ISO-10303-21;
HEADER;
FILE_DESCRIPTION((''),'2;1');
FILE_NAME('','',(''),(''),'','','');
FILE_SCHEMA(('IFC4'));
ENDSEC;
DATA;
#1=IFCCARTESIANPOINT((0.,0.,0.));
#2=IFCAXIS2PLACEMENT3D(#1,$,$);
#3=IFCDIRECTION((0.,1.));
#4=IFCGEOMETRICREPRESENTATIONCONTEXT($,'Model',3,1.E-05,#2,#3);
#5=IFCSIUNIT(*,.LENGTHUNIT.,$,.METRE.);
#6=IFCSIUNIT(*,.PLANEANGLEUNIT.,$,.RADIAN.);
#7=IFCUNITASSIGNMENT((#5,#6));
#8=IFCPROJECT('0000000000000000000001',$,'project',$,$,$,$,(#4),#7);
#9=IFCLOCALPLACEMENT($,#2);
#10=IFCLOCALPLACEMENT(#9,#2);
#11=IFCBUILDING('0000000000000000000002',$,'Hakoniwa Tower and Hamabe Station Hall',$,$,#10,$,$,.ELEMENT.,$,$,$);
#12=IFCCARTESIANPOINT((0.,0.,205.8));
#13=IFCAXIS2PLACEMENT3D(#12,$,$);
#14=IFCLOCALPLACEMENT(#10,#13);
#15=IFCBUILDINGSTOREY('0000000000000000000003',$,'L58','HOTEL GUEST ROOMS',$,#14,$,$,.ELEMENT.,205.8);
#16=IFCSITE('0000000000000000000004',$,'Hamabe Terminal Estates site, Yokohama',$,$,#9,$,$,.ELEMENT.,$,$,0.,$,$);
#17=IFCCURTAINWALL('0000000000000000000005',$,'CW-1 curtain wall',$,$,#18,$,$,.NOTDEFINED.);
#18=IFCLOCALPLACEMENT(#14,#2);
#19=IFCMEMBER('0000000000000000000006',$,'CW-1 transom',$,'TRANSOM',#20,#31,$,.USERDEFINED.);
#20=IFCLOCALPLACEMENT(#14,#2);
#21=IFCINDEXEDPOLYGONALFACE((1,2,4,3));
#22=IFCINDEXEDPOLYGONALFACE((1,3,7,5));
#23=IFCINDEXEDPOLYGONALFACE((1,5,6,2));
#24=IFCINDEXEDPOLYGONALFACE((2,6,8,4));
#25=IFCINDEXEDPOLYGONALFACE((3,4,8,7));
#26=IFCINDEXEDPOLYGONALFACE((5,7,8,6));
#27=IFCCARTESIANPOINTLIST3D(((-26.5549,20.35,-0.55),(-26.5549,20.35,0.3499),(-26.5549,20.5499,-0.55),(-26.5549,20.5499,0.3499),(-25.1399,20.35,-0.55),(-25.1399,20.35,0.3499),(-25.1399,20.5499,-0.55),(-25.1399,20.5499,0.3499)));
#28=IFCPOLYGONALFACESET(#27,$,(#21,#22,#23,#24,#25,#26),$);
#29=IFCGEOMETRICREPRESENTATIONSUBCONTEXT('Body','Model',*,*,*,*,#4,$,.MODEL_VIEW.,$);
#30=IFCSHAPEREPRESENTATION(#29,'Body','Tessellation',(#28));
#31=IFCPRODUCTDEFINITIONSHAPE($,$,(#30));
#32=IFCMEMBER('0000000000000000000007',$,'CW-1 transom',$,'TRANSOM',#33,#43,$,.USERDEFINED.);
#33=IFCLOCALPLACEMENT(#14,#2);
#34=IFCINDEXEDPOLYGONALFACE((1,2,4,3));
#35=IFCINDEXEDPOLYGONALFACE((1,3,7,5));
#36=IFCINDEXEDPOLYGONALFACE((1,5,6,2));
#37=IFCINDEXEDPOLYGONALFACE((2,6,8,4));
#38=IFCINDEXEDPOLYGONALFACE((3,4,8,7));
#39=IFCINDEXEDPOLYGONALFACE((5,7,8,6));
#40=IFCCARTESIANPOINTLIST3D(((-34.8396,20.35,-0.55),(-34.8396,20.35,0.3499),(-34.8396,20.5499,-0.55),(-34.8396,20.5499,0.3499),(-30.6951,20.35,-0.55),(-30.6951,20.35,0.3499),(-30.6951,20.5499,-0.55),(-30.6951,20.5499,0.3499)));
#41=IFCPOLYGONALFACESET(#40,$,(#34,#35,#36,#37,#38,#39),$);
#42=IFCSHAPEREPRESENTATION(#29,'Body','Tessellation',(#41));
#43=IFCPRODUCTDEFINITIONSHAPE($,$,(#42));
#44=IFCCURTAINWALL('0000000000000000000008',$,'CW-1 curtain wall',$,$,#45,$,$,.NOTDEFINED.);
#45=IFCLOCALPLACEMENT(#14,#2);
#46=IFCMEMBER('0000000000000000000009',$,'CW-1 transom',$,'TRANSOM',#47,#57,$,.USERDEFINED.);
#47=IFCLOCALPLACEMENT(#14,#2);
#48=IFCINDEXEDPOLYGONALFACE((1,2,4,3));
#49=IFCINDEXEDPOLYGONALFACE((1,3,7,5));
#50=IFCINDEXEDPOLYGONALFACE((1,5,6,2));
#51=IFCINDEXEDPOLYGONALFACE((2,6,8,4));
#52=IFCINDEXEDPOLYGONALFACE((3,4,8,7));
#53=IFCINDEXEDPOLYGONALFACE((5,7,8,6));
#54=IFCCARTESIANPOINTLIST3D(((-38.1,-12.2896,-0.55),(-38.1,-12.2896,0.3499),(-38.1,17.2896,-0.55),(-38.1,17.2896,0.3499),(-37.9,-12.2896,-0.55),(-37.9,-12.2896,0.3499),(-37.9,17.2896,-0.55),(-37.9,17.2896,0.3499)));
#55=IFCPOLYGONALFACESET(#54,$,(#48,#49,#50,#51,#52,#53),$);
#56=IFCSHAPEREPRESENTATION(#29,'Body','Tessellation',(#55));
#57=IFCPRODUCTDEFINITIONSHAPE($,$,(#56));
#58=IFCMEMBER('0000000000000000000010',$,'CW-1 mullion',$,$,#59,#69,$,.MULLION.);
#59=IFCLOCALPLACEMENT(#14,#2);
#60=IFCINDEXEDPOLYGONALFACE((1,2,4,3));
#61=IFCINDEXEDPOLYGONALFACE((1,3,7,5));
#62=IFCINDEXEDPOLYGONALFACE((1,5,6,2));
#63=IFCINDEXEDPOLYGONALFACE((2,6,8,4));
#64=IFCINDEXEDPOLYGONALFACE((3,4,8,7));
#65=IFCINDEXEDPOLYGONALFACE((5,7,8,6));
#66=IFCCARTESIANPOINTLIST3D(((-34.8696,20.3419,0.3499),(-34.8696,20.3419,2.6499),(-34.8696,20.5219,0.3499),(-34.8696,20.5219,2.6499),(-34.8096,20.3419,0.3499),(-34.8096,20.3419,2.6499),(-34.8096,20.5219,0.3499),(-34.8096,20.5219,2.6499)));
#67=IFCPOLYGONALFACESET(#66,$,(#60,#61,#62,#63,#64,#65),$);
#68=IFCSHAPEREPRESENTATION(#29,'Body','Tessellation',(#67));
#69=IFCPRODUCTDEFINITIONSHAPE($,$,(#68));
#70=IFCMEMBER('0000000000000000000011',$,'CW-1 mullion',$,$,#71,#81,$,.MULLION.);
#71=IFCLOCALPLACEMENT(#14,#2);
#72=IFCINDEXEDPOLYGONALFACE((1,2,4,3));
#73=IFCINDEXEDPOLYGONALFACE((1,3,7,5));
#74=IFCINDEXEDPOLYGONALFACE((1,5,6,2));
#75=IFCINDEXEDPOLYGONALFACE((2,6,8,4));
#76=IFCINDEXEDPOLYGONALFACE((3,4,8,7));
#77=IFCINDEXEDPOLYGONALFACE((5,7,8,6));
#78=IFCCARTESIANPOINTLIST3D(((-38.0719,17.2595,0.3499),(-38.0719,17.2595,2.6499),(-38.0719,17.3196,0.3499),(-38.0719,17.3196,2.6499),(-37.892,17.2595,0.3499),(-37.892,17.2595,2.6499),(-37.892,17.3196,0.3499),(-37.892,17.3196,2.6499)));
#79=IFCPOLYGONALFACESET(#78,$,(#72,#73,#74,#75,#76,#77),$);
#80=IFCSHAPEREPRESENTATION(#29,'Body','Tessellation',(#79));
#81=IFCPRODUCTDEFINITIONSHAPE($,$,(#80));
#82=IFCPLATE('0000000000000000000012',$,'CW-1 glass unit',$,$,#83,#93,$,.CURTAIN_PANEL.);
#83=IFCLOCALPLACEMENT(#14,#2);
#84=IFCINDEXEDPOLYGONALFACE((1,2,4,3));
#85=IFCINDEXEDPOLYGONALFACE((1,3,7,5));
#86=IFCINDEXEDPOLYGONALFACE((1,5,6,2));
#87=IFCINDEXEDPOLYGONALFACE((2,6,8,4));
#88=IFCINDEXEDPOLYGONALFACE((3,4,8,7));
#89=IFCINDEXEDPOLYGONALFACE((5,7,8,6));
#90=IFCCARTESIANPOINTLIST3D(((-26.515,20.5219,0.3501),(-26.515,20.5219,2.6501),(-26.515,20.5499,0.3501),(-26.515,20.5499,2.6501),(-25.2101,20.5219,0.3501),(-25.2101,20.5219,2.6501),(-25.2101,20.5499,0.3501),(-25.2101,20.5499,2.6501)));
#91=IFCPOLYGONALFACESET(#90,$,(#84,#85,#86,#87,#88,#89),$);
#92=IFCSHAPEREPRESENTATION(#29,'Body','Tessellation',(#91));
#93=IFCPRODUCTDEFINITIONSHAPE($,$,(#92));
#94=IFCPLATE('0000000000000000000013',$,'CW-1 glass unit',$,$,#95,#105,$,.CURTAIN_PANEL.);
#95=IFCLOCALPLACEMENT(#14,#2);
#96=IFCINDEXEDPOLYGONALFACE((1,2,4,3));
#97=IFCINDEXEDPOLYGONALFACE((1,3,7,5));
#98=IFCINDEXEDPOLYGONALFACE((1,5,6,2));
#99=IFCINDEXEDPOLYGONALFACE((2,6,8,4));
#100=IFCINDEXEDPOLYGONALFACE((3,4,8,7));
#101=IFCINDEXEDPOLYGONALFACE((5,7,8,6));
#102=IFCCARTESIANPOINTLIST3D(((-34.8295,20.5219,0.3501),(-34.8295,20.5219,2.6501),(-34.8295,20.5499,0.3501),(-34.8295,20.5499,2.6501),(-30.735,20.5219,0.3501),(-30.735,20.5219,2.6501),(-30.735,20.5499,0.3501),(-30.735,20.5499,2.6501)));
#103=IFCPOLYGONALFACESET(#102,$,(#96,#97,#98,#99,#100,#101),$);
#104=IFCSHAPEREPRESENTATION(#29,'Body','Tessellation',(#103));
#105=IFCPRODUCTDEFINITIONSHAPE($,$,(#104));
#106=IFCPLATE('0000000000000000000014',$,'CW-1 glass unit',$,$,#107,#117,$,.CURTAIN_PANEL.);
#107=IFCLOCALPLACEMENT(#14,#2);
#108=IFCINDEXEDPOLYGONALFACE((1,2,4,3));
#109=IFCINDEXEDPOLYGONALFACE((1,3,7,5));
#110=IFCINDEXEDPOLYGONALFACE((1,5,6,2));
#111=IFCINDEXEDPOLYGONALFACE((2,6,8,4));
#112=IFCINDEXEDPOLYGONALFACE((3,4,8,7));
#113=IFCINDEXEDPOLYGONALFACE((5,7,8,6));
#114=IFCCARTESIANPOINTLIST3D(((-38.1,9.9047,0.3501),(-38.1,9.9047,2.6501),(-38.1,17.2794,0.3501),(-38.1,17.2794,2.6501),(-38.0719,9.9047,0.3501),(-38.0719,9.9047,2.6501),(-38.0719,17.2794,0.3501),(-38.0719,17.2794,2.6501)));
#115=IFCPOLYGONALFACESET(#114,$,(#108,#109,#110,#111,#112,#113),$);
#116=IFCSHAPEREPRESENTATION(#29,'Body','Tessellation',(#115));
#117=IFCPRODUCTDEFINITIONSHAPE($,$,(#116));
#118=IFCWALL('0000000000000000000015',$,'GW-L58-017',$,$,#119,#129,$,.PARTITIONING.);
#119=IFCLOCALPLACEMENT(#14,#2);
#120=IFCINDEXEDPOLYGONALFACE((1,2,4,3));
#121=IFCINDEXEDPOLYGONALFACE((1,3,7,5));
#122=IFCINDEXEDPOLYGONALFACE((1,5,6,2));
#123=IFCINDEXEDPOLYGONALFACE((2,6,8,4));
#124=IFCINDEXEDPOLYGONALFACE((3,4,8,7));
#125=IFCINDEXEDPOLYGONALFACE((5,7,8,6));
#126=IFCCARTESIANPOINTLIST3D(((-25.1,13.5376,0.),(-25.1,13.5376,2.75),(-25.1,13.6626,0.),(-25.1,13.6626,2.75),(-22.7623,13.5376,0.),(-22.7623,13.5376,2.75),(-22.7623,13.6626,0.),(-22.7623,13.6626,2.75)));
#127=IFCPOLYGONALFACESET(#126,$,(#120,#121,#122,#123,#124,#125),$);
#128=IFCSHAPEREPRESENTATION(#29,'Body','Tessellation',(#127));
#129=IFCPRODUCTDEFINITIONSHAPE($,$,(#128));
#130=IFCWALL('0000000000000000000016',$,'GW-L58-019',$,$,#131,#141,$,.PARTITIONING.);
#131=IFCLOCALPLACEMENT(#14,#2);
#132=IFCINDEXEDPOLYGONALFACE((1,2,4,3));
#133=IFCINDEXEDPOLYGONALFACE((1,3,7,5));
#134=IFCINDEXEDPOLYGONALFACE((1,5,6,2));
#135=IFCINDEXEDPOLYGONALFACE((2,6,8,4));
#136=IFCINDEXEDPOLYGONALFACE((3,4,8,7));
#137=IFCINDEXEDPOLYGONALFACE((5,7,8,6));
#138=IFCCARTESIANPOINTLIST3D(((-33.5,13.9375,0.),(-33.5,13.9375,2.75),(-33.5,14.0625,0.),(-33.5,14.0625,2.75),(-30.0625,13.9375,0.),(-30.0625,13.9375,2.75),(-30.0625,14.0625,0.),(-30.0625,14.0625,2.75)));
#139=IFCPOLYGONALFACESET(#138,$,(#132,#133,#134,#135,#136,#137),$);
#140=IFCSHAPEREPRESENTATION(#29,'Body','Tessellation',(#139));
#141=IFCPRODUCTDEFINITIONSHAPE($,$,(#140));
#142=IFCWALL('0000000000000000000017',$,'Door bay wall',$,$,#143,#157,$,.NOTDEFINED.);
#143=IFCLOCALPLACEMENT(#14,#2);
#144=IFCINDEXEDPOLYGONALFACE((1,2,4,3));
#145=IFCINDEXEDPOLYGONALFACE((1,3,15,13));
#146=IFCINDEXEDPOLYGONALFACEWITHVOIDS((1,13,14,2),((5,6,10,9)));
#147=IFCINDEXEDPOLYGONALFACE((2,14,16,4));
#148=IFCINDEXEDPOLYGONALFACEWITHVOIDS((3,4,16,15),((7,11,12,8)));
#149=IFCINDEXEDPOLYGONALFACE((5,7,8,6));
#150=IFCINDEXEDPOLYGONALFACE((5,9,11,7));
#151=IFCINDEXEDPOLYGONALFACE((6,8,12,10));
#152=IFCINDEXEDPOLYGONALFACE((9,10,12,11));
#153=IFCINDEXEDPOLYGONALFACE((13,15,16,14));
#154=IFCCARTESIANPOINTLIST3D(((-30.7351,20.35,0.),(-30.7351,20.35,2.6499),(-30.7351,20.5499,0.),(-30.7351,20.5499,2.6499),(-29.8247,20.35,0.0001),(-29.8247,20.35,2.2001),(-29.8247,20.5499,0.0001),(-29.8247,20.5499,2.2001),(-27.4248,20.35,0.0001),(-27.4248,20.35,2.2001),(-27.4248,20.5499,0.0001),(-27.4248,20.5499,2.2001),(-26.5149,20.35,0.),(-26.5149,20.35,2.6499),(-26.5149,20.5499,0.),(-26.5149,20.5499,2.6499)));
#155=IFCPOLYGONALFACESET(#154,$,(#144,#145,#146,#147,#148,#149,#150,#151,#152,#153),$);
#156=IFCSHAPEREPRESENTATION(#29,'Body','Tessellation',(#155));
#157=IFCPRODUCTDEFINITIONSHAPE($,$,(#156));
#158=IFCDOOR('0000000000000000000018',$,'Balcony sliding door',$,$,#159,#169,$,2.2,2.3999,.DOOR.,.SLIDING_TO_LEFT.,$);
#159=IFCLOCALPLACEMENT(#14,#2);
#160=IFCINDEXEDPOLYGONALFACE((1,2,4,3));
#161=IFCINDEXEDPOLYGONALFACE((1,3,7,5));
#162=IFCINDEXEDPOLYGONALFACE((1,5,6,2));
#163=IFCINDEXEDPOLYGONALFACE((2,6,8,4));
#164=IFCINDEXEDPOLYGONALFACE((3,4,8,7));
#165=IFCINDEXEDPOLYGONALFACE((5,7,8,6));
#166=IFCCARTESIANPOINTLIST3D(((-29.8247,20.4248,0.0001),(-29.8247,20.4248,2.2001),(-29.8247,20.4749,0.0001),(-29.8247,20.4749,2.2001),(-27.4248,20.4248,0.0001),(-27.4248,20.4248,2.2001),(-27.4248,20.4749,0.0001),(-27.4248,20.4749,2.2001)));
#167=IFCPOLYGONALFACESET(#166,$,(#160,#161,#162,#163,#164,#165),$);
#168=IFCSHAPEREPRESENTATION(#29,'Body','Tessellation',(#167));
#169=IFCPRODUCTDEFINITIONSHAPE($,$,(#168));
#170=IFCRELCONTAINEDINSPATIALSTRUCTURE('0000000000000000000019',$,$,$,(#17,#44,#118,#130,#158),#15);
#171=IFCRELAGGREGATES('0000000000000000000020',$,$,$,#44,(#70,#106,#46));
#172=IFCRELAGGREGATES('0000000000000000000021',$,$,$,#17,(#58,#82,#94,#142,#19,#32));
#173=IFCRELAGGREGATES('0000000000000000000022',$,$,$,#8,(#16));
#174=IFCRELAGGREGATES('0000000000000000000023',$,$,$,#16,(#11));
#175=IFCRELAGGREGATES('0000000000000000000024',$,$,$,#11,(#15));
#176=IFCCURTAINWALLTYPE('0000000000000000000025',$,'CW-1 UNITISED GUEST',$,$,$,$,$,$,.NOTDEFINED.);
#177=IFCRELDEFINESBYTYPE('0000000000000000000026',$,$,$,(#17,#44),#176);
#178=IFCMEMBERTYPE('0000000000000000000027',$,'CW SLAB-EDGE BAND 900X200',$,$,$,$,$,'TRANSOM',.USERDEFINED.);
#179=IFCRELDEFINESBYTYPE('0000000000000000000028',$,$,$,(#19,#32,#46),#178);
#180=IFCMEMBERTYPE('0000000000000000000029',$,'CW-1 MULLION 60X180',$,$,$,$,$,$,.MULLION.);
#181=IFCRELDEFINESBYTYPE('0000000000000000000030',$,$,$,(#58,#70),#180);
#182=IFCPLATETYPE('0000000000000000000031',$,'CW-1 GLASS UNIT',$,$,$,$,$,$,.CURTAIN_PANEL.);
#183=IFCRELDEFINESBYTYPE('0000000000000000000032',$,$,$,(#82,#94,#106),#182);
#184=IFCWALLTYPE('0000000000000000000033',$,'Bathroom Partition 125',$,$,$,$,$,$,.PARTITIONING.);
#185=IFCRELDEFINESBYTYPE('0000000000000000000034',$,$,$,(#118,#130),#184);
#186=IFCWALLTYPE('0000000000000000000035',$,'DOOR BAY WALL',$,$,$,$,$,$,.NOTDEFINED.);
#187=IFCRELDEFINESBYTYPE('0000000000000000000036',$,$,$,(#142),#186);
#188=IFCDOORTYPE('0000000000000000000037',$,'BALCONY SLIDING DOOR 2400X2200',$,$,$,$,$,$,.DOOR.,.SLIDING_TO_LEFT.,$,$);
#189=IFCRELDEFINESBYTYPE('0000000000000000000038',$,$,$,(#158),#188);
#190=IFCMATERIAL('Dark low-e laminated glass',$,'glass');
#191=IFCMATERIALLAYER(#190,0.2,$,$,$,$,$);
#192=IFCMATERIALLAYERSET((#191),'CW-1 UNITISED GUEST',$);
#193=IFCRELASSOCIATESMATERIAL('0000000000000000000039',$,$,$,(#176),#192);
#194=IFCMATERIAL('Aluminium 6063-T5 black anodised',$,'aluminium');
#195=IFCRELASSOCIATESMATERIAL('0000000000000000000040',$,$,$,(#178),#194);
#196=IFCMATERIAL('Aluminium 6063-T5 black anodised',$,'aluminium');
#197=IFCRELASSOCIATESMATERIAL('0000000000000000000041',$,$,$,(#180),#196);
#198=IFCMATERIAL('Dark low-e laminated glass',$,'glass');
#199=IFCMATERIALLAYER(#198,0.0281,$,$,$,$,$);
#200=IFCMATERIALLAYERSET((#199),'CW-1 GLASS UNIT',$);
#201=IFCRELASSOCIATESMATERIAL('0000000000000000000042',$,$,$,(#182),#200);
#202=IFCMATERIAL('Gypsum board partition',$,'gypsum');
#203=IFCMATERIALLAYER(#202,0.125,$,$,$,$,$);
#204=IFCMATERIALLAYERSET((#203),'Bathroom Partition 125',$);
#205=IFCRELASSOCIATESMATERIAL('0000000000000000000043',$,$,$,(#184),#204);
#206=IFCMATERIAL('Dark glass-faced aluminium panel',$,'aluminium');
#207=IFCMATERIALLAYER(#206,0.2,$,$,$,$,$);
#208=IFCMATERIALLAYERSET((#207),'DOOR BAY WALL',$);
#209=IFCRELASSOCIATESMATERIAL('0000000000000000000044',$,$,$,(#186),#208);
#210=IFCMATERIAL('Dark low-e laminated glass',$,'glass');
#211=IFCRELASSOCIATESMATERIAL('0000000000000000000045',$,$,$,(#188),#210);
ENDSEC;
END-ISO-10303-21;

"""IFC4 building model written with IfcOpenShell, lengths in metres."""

from ifc_helpers import new_model, si_unit, direction, frame, frame_2d, origin, origin_2d, place, context, subcontext, project, spatial, rectangle, extrude, material, layer, layer_set, material_profile, profile_set, type_object, element, fill, aggregate, save


model = new_model("IFC4")

# Units and contexts
model_context = context("Model", 3, precision=1e-05, world=origin(), true_north=direction((0.0, 1.0)))
body_context = subcontext(model_context, "Body", "Model", "MODEL_VIEW")
ifc_project = project(units=[si_unit("LENGTHUNIT", "METRE"), si_unit("PLANEANGLEUNIT", "RADIAN")], contexts=[model_context])

# Site, building, storey
site_placement = place(None, origin())
site = spatial("IfcSite", under=ifc_project, at=site_placement, Name="Hamabe Terminal Estates site, Yokohama", CompositionType="ELEMENT", RefElevation=0.0)
building_placement = place(site_placement, origin())
building = spatial("IfcBuilding", under=site, at=building_placement, Name="Hakoniwa Tower and Hamabe Station Hall", CompositionType="ELEMENT")
storey_placement = place(building_placement, frame((0.0, 0.0, 205.8)))
storey = spatial("IfcBuildingStorey", under=building, at=storey_placement, Name="L58", Description="HOTEL GUEST ROOMS", CompositionType="ELEMENT", Elevation=205.8)

# Curtain wall, members
ifc_material_1 = material(Name="Dark low-e laminated glass", Category="glass")
ifc_layer_1 = layer(ifc_material_1, 0.2)
ifc_layer_set_1 = layer_set([ifc_layer_1], Name="CW-1 UNITISED GUEST")
curtain_wall_type = type_object("IfcCurtainWallType", Name="CW-1 UNITISED GUEST", PredefinedType="NOTDEFINED", material=ifc_layer_set_1)
curtain_wall_1_placement = place(storey_placement, origin())
curtain_wall_1 = element("IfcCurtainWall", 1, at=curtain_wall_1_placement, inside=storey, type_object=curtain_wall_type, Name="CW-1 curtain wall", PredefinedType="NOTDEFINED")
ifc_material_2 = material(Name="Aluminium 6063-T5 black anodised", Category="aluminium")
ifc_material_profile_1 = material_profile(ifc_material_2, rectangle(XDim=0.2, YDim=0.8999, at=origin_2d()), Name="CW SLAB-EDGE BAND 900X200")
ifc_profile_set_1 = profile_set([ifc_material_profile_1], Name="Aluminium 6063-T5 black anodised")
member_type_1 = type_object("IfcMemberType", Name="CW SLAB-EDGE BAND 900X200", ElementType="TRANSOM", PredefinedType="USERDEFINED", material=ifc_profile_set_1)
member_1_placement = place(storey_placement, frame((-25.1399, 20.45, -0.1001), z_axis=(-1.0, 0.0, 0.0), x_axis=(0.0, -1.0, 0.0)))
member_1 = element("IfcMember", 2, at=member_1_placement, type_object=member_type_1, Name="CW-1 transom", ObjectType="TRANSOM", PredefinedType="USERDEFINED", context=body_context, shape_type="SweptSolid", body=[
    extrude(rectangle(XDim=0.2, YDim=0.8999, at=origin_2d()), origin(), (0.0, 0.0, 1.0), 1.415),
])
member_2_placement = place(storey_placement, frame((-30.6951, 20.45, -0.1001), z_axis=(-1.0, 0.0, 0.0), x_axis=(0.0, -1.0, 0.0)))
member_2 = element("IfcMember", 3, at=member_2_placement, type_object=member_type_1, Name="CW-1 transom", ObjectType="TRANSOM", PredefinedType="USERDEFINED", context=body_context, shape_type="SweptSolid", body=[
    extrude(rectangle(XDim=0.2, YDim=0.8999, at=origin_2d()), origin(), (0.0, 0.0, 1.0), 4.1445),
])

# Curtain wall, member
curtain_wall_2_placement = place(storey_placement, origin())
curtain_wall_2 = element("IfcCurtainWall", 4, at=curtain_wall_2_placement, inside=storey, type_object=curtain_wall_type, Name="CW-1 curtain wall", PredefinedType="NOTDEFINED")
member_3_placement = place(storey_placement, frame((-38.0, 17.2896, -0.1001), z_axis=(0.0, -1.0, 0.0), x_axis=(1.0, 0.0, 0.0)))
member_3 = element("IfcMember", 5, at=member_3_placement, type_object=member_type_1, Name="CW-1 transom", ObjectType="TRANSOM", PredefinedType="USERDEFINED", context=body_context, shape_type="SweptSolid", body=[
    extrude(rectangle(XDim=0.2, YDim=0.8999, at=origin_2d()), origin(), (0.0, 0.0, 1.0), 29.5791),
])

# Members
ifc_material_3 = material(Name="Aluminium 6063-T5 black anodised", Category="aluminium")
ifc_material_profile_2 = material_profile(ifc_material_3, rectangle(XDim=0.0601, YDim=0.1799, at=origin_2d()), Name="CW-1 MULLION 60X180")
ifc_profile_set_2 = profile_set([ifc_material_profile_2], Name="Aluminium 6063-T5 black anodised")
member_type_2 = type_object("IfcMemberType", Name="CW-1 MULLION 60X180", PredefinedType="MULLION", material=ifc_profile_set_2)
member_4_placement = place(storey_placement, frame((-34.8396, 20.4319, 0.3499), z_axis=(0.0, 0.0, 1.0), x_axis=(-1.0, 0.0, 0.0)))
member_4 = element("IfcMember", 6, at=member_4_placement, type_object=member_type_2, Name="CW-1 mullion", PredefinedType="MULLION", context=body_context, shape_type="SweptSolid", body=[
    extrude(rectangle(XDim=0.0601, YDim=0.1799, at=origin_2d()), origin(), (0.0, 0.0, 1.0), 2.3),
])
member_5_placement = place(storey_placement, frame((-37.9819, 17.2896, 0.3499), z_axis=(0.0, 0.0, 1.0), x_axis=(0.0, -1.0, 0.0)))
member_5 = element("IfcMember", 7, at=member_5_placement, type_object=member_type_2, Name="CW-1 mullion", PredefinedType="MULLION", context=body_context, shape_type="SweptSolid", body=[
    extrude(rectangle(XDim=0.0601, YDim=0.1799, at=origin_2d()), origin(), (0.0, 0.0, 1.0), 2.3),
])

# Plates
ifc_material_4 = material(Name="Dark low-e laminated glass", Category="glass")
ifc_layer_2 = layer(ifc_material_4, 0.0281)
ifc_layer_set_2 = layer_set([ifc_layer_2], Name="CW-1 GLASS UNIT")
plate_type = type_object("IfcPlateType", Name="CW-1 GLASS UNIT", PredefinedType="CURTAIN_PANEL", material=ifc_layer_set_2)
plate_1_placement = place(storey_placement, frame((-25.8625, 20.5359, 0.3501), z_axis=(0.0, 0.0, 1.0), x_axis=(-1.0, 0.0, 0.0)))
plate_1 = element("IfcPlate", 8, at=plate_1_placement, type_object=plate_type, Name="CW-1 glass unit", PredefinedType="CURTAIN_PANEL", context=body_context, shape_type="SweptSolid", body=[
    extrude(rectangle(XDim=1.3049, YDim=0.0281, at=origin_2d()), origin(), (0.0, 0.0, 1.0), 2.3),
])
plate_2_placement = place(storey_placement, frame((-32.7822, 20.5359, 0.3501), z_axis=(0.0, 0.0, 1.0), x_axis=(-1.0, 0.0, 0.0)))
plate_2 = element("IfcPlate", 9, at=plate_2_placement, type_object=plate_type, Name="CW-1 glass unit", PredefinedType="CURTAIN_PANEL", context=body_context, shape_type="SweptSolid", body=[
    extrude(rectangle(XDim=4.0945, YDim=0.0281, at=origin_2d()), origin(), (0.0, 0.0, 1.0), 2.3),
])
plate_3_placement = place(storey_placement, frame((-38.0859, 13.592, 0.3501), z_axis=(0.0, 0.0, 1.0), x_axis=(0.0, -1.0, 0.0)))
plate_3 = element("IfcPlate", 10, at=plate_3_placement, type_object=plate_type, Name="CW-1 glass unit", PredefinedType="CURTAIN_PANEL", context=body_context, shape_type="SweptSolid", body=[
    extrude(rectangle(XDim=7.3748, YDim=0.0281, at=origin_2d()), origin(), (0.0, 0.0, 1.0), 2.3),
])
aggregate(curtain_wall_2, [member_5, plate_3, member_3])

# Walls
ifc_material_5 = material(Name="Gypsum board partition", Category="gypsum")
ifc_layer_3 = layer(ifc_material_5, 0.125)
ifc_layer_set_3 = layer_set([ifc_layer_3], Name="Bathroom Partition 125")
wall_type_1 = type_object("IfcWallType", Name="Bathroom Partition 125", PredefinedType="PARTITIONING", material=ifc_layer_set_3)
wall_1_placement = place(storey_placement, frame((-25.1001, 13.6001, 0.0), z_axis=(0.0, 0.0, 1.0), x_axis=(1.0, 0.0, 0.0)))
element("IfcWall", 11, at=wall_1_placement, inside=storey, type_object=wall_type_1, Name="GW-L58-017", PredefinedType="PARTITIONING", context=body_context, shape_type="SweptSolid", body=[
    extrude(rectangle(XDim=2.3376, YDim=0.125, at=frame_2d((1.1689, 0.0))), origin(), (0.0, 0.0, 1.0), 2.75),
])
wall_2_placement = place(storey_placement, frame((-33.5, 14.0, 0.0), z_axis=(0.0, 0.0, 1.0), x_axis=(1.0, 0.0, 0.0)))
element("IfcWall", 12, at=wall_2_placement, inside=storey, type_object=wall_type_1, Name="GW-L58-019", PredefinedType="PARTITIONING", context=body_context, shape_type="SweptSolid", body=[
    extrude(rectangle(XDim=3.4375, YDim=0.125, at=frame_2d((1.7188, 0.0))), origin(), (0.0, 0.0, 1.0), 2.75),
])

# Wall, opening, door
ifc_material_6 = material(Name="Dark glass-faced aluminium panel", Category="aluminium")
ifc_layer_4 = layer(ifc_material_6, 0.2)
ifc_layer_set_4 = layer_set([ifc_layer_4], Name="DOOR BAY WALL")
wall_type_2 = type_object("IfcWallType", Name="DOOR BAY WALL", PredefinedType="NOTDEFINED", material=ifc_layer_set_4)
wall_3_placement = place(storey_placement, frame((-26.5149, 20.45, 0.0), z_axis=(0.0, 0.0, 1.0), x_axis=(-1.0, 0.0, 0.0)))
wall_3 = element("IfcWall", 13, at=wall_3_placement, type_object=wall_type_2, Name="Door bay wall", PredefinedType="NOTDEFINED", context=body_context, shape_type="SweptSolid", body=[
    extrude(rectangle(XDim=4.2202, YDim=0.2, at=frame_2d((2.1101, 0.0))), origin(), (0.0, 0.0, 1.0), 2.6499),
])
opening_placement = place(wall_3_placement, frame((0.9099, 0.0, 0.0)))
opening = element("IfcOpeningElement", 14, at=opening_placement, cuts=wall_3, PredefinedType="OPENING", context=body_context, shape_type="SweptSolid", body=[
    extrude(rectangle(XDim=2.3999, YDim=2.2, at=frame_2d((1.2, 1.1001))), frame((0.0, 0.1099, 0.0), z_axis=(0.0, -1.0, 0.0), x_axis=(1.0, 0.0, 0.0)), (0.0, 0.0, 1.0), 0.22),
])
ifc_material_7 = material(Name="Dark low-e laminated glass", Category="glass")
door_type = type_object("IfcDoorType", Name="BALCONY SLIDING DOOR 2400X2200", OperationType="SLIDING_TO_LEFT", PredefinedType="DOOR", material=ifc_material_7)
door_placement = place(opening_placement, frame((2.3999, 0.0, 0.0), z_axis=(0.0, 0.0, 1.0), x_axis=(-1.0, 0.0, 0.0)))
door = element("IfcDoor", 15, at=door_placement, inside=storey, type_object=door_type, Name="Balcony sliding door", OperationType="SLIDING_TO_LEFT", OverallHeight=2.2, OverallWidth=2.3999, PredefinedType="DOOR", context=body_context, shape_type="SweptSolid", body=[
    extrude(rectangle(XDim=2.3999, YDim=2.2, at=frame_2d((1.2, 1.1001))), frame((0.0, 0.0249, 0.0), z_axis=(0.0, -1.0, 0.0), x_axis=(1.0, 0.0, 0.0)), (0.0, 0.0, 1.0), 0.05),
])
fill(opening, door)
aggregate(curtain_wall_1, [member_4, plate_1, plate_2, wall_3, member_1, member_2])

save(model, "model.ifc")
